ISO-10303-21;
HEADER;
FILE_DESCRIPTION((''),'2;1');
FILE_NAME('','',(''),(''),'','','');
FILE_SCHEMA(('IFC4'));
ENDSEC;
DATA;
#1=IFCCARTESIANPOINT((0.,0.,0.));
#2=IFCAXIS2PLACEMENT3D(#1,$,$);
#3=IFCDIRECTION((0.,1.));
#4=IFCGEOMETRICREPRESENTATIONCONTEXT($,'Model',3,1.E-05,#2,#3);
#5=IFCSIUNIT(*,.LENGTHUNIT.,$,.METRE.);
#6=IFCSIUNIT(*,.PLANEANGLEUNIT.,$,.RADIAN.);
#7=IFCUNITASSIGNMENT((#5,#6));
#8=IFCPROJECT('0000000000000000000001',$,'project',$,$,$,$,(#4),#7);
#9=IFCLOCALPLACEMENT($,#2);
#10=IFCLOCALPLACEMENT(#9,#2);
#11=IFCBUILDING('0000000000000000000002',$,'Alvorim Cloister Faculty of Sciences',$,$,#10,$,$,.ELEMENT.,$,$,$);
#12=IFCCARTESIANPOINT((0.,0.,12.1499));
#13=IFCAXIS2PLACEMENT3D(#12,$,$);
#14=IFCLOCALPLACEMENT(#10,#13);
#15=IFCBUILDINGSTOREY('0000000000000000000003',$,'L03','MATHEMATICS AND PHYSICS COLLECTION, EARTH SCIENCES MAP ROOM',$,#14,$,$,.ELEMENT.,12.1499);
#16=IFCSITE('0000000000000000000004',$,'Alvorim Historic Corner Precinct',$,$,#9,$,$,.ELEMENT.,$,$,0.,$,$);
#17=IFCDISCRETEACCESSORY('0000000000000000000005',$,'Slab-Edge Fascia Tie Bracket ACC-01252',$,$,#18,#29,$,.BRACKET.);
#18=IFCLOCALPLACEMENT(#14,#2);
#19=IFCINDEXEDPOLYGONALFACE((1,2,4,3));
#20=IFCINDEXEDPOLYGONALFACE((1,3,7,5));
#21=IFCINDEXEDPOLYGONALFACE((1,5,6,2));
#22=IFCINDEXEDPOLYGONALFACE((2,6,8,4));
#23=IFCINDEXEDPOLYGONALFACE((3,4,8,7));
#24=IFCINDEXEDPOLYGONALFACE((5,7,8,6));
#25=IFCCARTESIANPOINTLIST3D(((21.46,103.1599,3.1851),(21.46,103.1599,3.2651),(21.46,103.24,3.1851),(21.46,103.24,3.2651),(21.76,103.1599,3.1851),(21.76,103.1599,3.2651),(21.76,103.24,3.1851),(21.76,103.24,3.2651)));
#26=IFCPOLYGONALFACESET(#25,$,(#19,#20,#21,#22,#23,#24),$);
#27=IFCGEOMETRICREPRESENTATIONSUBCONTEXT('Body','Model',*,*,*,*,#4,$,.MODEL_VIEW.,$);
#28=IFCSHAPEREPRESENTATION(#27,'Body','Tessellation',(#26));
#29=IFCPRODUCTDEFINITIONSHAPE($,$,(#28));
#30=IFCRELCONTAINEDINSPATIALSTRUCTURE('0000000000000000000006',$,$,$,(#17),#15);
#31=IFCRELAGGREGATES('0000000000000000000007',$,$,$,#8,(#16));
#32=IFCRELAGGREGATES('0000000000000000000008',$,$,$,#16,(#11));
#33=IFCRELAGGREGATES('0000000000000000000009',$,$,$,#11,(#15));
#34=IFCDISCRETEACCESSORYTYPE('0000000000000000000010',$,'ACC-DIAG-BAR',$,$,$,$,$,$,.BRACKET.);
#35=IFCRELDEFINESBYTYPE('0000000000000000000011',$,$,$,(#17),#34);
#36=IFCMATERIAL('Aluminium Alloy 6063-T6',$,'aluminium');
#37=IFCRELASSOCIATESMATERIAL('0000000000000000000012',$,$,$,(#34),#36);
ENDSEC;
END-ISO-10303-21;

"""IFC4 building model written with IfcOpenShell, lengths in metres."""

from ifc_helpers import new_model, si_unit, direction, frame, origin, origin_2d, place, context, subcontext, project, spatial, rectangle, extrude, material, type_object, element, save


model = new_model("IFC4")

# Units and contexts
model_context = context("Model", 3, precision=1e-05, world=origin(), true_north=direction((0.0, 1.0)))
body_context = subcontext(model_context, "Body", "Model", "MODEL_VIEW")
ifc_project = project(units=[si_unit("LENGTHUNIT", "METRE"), si_unit("PLANEANGLEUNIT", "RADIAN")], contexts=[model_context])

# Site, building, storey
site_placement = place(None, origin())
site = spatial("IfcSite", under=ifc_project, at=site_placement, Name="Alvorim Historic Corner Precinct", CompositionType="ELEMENT", RefElevation=0.0)
building_placement = place(site_placement, origin())
building = spatial("IfcBuilding", under=site, at=building_placement, Name="Alvorim Cloister Faculty of Sciences", CompositionType="ELEMENT")
storey_placement = place(building_placement, frame((0.0, 0.0, 12.1499)))
storey = spatial("IfcBuildingStorey", under=building, at=storey_placement, Name="L03", Description="MATHEMATICS AND PHYSICS COLLECTION, EARTH SCIENCES MAP ROOM", CompositionType="ELEMENT", Elevation=12.1499)

# Shared definitions
ifc_material_1 = material(Name="Aluminium Alloy 6063-T6", Category="aluminium")

# Discrete accessory
discrete_accessory_type = type_object("IfcDiscreteAccessoryType", Name="ACC-DIAG-BAR", PredefinedType="BRACKET", material=ifc_material_1)
discrete_accessory_placement = place(storey_placement, frame((21.46, 103.2, 3.2251), z_axis=(1.0, 0.0, 0.0), x_axis=(0.0, 1.0, 0.0)))
element("IfcDiscreteAccessory", 1, at=discrete_accessory_placement, inside=storey, type_object=discrete_accessory_type, Name="Slab-Edge Fascia Tie Bracket ACC-01252", PredefinedType="BRACKET", context=body_context, shape_type="SweptSolid", body=[
    extrude(rectangle(XDim=0.0801, YDim=0.0801, at=origin_2d()), origin(), (0.0, 0.0, 1.0), 0.3),
])

save(model, "model.ifc")
